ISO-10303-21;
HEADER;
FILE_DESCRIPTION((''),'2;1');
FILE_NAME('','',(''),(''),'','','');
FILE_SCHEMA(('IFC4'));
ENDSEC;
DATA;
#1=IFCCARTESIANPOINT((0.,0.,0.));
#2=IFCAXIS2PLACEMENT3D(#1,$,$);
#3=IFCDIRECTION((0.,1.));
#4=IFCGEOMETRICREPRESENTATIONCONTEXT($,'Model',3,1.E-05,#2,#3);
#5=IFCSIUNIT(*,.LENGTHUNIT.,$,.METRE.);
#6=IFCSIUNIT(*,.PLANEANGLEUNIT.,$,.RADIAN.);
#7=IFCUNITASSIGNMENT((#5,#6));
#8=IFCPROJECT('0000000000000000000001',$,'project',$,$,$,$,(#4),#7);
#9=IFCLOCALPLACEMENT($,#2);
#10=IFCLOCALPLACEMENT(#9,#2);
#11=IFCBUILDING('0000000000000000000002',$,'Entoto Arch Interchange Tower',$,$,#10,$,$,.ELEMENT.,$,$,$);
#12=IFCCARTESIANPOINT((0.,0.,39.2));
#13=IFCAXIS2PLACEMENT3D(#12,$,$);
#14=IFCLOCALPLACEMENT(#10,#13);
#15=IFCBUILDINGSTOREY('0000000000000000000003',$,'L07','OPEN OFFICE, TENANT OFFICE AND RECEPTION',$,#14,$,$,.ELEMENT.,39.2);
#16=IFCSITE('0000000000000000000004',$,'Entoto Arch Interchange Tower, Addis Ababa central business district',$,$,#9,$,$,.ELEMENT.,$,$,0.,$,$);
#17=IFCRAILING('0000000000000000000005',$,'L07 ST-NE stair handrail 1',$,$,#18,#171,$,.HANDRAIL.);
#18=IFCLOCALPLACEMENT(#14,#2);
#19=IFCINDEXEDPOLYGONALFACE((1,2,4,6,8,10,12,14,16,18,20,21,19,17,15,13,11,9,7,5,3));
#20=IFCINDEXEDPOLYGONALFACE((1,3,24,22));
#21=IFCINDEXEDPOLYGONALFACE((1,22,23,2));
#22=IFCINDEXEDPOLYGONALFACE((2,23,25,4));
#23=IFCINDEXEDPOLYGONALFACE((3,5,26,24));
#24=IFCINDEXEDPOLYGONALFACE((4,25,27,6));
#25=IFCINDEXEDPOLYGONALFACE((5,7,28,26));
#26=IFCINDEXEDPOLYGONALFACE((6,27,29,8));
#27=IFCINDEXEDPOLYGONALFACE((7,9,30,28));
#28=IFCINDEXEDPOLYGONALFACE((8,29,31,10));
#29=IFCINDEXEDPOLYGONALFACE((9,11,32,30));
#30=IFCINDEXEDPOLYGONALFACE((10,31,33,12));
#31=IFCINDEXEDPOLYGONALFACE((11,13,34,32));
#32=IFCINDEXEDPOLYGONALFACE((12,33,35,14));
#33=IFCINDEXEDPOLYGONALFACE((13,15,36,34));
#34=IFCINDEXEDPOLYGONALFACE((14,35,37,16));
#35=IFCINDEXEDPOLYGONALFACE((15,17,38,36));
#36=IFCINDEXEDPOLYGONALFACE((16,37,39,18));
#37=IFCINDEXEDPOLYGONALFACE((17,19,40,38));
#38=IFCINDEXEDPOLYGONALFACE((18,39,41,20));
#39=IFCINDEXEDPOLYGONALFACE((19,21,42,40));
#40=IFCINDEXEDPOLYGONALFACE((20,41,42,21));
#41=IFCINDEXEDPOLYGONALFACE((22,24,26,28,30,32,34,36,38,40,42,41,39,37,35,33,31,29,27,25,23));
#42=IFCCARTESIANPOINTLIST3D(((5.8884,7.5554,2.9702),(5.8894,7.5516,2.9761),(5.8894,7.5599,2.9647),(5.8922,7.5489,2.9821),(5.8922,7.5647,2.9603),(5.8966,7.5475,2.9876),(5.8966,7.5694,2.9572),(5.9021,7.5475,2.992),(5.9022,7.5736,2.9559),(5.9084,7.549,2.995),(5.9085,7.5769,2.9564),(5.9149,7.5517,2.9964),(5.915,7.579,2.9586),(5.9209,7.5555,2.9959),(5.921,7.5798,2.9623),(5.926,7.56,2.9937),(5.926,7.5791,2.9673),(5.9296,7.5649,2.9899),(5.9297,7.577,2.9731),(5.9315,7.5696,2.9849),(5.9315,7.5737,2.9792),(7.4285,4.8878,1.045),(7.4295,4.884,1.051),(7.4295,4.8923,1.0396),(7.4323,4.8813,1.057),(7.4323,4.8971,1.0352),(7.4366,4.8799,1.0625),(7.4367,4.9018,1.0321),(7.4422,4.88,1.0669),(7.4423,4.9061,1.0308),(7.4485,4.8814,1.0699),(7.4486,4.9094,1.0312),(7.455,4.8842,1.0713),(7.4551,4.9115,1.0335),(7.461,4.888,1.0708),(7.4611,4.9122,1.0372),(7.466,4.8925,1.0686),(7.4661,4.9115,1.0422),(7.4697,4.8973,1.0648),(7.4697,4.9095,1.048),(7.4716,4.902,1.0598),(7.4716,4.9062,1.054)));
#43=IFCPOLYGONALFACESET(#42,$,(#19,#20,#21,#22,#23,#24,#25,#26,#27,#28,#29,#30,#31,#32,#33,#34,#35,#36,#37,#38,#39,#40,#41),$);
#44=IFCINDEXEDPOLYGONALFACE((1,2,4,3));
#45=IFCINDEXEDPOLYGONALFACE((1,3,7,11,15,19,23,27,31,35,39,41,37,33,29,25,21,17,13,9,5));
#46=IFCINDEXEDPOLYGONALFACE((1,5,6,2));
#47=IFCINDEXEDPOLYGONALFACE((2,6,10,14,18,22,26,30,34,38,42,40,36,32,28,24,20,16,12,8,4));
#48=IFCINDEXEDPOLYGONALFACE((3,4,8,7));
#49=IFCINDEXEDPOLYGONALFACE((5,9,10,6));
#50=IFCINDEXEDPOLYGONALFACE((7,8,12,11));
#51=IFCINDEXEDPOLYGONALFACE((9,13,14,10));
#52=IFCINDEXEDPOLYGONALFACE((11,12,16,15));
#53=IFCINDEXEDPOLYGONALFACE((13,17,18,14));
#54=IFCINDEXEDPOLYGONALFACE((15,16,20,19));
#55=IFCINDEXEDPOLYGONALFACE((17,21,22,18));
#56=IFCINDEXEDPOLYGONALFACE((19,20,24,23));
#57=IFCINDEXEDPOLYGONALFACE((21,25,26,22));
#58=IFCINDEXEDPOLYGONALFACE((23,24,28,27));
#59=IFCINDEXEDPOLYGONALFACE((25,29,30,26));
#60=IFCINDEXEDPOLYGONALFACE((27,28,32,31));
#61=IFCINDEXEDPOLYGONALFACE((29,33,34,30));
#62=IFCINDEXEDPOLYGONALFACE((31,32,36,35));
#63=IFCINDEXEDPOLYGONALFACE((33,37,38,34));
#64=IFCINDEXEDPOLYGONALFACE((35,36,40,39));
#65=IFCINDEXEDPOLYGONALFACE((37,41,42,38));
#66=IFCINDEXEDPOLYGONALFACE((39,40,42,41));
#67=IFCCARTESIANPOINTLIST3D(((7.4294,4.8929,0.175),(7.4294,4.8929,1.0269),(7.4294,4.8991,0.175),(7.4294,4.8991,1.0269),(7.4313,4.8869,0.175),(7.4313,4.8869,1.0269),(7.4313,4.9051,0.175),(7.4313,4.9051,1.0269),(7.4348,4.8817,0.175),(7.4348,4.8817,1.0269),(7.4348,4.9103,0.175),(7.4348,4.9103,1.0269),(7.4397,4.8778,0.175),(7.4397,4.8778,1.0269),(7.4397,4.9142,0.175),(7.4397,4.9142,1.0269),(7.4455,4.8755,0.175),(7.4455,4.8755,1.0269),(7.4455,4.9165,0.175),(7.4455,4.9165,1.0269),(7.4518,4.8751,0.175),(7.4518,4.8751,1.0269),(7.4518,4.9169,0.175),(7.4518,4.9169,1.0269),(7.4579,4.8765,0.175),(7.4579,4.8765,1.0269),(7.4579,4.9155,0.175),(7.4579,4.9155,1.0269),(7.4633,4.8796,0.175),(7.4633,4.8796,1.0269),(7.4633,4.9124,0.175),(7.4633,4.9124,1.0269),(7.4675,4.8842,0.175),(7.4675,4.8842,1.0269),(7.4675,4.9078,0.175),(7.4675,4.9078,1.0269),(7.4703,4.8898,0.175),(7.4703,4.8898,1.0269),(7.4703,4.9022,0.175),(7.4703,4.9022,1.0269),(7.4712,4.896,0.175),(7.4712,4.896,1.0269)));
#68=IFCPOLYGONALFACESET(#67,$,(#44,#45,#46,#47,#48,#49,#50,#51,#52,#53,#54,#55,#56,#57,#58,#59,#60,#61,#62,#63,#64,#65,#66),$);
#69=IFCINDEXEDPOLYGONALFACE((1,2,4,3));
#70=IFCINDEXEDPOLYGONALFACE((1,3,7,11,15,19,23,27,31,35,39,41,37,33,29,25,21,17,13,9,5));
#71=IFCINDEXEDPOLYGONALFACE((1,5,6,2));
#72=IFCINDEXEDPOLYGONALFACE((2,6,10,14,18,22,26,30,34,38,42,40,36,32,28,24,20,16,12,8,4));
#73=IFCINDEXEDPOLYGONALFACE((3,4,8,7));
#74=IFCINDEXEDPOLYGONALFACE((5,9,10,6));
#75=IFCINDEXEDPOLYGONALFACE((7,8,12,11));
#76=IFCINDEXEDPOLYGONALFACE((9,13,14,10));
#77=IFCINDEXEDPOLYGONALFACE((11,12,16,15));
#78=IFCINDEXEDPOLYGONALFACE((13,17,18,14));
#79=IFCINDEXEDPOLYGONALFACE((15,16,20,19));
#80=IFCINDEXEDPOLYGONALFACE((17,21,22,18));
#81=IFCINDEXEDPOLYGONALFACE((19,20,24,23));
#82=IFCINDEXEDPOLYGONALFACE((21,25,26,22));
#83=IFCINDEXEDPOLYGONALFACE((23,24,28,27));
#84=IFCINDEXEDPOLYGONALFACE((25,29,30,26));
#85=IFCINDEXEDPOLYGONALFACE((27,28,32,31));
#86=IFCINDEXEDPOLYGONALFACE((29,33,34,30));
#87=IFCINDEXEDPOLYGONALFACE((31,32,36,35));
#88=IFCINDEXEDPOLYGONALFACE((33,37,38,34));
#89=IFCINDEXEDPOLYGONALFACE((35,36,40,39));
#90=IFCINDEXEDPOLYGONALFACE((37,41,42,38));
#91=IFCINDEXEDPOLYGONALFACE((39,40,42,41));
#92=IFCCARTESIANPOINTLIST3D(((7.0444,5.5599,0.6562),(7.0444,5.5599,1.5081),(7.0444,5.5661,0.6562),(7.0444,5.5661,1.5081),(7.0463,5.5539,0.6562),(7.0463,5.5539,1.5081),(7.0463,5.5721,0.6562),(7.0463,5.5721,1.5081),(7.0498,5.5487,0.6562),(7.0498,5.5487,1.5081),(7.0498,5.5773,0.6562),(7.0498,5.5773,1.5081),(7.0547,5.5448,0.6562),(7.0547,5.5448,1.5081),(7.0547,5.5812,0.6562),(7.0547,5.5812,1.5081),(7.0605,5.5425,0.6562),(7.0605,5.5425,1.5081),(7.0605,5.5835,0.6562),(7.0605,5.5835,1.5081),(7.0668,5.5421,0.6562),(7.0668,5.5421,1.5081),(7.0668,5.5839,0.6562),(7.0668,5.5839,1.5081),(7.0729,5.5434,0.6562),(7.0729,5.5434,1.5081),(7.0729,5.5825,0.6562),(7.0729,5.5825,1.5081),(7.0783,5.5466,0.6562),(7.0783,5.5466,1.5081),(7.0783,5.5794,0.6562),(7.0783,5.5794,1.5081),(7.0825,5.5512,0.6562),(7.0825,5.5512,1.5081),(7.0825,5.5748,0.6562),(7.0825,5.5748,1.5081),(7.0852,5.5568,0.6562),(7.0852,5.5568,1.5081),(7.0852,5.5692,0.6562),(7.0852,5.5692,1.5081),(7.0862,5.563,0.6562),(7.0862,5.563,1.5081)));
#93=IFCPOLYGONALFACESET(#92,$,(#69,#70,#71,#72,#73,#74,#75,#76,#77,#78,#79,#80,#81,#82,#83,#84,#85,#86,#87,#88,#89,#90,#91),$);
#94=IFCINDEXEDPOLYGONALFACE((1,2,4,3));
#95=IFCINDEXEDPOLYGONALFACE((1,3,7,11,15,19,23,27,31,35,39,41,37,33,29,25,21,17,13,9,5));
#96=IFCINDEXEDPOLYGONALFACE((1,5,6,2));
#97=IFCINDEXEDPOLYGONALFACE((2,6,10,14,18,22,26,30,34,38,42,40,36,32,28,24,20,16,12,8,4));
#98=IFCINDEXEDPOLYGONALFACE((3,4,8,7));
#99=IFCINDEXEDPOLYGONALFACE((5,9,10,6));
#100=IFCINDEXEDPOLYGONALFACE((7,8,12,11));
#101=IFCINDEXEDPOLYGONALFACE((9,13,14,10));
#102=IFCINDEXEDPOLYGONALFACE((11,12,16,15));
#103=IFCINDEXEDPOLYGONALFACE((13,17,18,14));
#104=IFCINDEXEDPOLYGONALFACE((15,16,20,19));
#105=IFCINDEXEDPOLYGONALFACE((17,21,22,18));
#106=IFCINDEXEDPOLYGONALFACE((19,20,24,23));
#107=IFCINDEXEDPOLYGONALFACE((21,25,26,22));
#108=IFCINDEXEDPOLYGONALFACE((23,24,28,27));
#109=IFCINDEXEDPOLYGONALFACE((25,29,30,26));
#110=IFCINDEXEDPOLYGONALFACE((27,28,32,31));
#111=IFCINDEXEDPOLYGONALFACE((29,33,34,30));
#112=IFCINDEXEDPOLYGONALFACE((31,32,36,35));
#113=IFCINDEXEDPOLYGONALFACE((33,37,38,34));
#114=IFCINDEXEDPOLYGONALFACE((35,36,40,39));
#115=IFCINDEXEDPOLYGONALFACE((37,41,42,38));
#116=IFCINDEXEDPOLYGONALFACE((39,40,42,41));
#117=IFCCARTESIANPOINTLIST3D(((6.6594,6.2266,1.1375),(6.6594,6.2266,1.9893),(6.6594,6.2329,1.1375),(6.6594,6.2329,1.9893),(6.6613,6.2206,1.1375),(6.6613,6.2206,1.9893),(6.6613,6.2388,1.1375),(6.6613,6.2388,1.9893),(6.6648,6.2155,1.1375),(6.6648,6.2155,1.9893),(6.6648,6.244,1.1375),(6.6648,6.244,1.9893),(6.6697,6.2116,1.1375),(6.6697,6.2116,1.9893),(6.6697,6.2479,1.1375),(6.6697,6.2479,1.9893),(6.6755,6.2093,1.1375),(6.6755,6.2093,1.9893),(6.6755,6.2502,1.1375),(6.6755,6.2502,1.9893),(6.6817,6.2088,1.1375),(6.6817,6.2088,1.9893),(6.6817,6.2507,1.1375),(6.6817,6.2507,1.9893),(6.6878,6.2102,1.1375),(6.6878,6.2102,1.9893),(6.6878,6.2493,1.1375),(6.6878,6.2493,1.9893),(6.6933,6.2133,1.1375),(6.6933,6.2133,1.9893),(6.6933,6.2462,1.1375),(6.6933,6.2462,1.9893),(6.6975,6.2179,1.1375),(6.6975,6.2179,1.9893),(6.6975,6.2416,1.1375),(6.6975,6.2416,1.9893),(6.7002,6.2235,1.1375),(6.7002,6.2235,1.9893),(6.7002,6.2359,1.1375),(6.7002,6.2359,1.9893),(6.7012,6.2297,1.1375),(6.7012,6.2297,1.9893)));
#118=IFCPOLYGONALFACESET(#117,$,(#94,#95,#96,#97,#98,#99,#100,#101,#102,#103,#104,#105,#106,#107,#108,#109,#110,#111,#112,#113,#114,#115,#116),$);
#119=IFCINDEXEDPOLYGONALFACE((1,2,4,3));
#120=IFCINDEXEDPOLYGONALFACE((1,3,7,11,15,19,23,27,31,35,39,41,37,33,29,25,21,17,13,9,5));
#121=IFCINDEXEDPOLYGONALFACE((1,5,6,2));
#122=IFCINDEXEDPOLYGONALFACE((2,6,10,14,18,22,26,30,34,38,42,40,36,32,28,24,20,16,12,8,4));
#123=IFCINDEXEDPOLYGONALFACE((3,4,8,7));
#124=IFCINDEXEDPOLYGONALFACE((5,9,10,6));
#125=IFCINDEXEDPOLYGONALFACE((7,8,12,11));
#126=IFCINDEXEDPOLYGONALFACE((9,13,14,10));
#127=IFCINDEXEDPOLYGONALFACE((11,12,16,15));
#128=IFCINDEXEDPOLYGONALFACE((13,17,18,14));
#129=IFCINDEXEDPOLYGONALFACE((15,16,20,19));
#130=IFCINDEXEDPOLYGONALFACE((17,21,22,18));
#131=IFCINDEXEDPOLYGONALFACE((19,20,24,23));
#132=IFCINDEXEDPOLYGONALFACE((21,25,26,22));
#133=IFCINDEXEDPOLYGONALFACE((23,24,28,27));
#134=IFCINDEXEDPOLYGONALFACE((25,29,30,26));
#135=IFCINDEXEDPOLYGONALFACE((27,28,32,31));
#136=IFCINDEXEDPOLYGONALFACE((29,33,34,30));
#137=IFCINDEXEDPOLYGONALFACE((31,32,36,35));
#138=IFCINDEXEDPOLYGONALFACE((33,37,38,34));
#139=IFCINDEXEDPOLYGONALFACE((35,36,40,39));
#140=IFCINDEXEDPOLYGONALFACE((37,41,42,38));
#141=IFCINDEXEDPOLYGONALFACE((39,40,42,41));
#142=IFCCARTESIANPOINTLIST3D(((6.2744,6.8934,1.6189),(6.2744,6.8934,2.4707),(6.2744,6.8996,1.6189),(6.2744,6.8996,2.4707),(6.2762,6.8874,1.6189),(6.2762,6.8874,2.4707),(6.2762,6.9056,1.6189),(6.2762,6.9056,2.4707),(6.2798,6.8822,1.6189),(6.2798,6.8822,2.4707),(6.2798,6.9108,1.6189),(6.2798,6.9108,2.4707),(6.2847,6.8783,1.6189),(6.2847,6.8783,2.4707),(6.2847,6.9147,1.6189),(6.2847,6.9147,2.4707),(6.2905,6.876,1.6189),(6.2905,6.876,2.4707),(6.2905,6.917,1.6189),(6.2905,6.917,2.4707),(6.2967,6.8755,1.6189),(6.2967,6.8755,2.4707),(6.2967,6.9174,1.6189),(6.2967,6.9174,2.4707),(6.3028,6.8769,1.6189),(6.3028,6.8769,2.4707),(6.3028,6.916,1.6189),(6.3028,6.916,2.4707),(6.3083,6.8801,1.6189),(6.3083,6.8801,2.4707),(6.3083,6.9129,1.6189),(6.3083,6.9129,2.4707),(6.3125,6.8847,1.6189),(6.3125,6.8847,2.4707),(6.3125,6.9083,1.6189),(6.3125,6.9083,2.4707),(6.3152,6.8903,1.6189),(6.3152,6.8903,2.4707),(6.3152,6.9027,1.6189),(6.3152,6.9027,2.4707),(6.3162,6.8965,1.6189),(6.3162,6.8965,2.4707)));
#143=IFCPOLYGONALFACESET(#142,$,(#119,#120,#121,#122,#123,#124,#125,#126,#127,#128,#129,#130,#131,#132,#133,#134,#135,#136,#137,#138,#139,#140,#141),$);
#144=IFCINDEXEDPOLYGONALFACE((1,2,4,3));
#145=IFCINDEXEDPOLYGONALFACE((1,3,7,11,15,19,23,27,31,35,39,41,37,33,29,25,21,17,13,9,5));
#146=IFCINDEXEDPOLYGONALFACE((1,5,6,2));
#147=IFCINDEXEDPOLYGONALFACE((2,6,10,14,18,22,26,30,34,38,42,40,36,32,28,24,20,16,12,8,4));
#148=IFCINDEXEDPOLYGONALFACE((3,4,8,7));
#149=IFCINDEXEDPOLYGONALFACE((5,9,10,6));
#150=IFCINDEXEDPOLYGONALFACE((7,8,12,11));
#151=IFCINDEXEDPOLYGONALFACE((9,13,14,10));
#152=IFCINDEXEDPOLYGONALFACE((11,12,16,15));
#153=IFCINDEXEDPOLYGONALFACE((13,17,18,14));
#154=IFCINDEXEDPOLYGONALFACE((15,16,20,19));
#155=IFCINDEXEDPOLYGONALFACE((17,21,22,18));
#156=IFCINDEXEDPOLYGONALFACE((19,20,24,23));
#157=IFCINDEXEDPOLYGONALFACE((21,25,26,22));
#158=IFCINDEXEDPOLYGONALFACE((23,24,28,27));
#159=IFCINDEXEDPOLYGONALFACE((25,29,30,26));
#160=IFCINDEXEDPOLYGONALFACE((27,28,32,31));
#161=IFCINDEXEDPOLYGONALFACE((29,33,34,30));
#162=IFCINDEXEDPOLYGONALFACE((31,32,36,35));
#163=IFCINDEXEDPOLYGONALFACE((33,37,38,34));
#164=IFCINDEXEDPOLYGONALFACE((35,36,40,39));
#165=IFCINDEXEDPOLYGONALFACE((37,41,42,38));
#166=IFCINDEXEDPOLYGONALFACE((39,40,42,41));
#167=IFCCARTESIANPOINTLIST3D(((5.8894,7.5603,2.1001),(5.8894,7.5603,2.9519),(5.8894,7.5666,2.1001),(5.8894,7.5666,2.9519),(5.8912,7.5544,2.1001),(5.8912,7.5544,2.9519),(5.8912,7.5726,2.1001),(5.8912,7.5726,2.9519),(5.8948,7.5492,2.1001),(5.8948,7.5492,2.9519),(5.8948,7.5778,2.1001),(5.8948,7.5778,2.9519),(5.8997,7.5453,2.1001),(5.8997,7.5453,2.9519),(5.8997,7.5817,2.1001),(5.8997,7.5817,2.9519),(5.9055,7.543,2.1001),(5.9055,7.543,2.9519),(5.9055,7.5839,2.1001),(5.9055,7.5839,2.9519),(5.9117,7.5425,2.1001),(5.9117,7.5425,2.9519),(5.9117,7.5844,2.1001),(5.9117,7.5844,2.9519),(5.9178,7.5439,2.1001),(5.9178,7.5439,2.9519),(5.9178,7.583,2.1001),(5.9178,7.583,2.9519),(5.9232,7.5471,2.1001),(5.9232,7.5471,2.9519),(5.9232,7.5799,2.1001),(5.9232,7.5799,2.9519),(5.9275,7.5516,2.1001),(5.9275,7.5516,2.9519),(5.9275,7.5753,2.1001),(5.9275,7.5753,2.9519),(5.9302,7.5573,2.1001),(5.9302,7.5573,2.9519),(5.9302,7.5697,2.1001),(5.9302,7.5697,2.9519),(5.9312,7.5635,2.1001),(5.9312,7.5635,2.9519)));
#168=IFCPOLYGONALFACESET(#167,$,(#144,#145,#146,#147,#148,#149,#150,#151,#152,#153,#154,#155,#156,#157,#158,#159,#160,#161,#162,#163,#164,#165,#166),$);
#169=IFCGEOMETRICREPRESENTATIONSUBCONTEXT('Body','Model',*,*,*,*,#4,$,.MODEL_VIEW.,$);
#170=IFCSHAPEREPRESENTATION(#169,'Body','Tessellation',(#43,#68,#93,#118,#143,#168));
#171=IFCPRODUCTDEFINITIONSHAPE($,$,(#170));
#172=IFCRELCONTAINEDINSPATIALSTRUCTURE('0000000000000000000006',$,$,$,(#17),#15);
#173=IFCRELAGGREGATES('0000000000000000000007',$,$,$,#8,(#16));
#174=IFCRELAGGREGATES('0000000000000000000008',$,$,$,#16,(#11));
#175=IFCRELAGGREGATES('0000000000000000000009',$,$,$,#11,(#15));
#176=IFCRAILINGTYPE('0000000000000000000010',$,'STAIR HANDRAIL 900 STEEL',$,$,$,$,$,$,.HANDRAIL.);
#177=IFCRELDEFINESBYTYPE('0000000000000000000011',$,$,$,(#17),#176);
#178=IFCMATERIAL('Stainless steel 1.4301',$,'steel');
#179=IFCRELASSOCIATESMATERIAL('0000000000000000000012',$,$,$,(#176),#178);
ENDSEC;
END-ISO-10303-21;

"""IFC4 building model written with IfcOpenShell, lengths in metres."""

from ifc_helpers import new_model, si_unit, direction, frame, origin, origin_2d, place, context, subcontext, project, spatial, circle, extrude, material, type_object, element, save


model = new_model("IFC4")

# Units and contexts
model_context = context("Model", 3, precision=1e-05, world=origin(), true_north=direction((0.0, 1.0)))
body_context = subcontext(model_context, "Body", "Model", "MODEL_VIEW")
ifc_project = project(units=[si_unit("LENGTHUNIT", "METRE"), si_unit("PLANEANGLEUNIT", "RADIAN")], contexts=[model_context])

# Site, building, storey
site_placement = place(None, origin())
site = spatial("IfcSite", under=ifc_project, at=site_placement, Name="Entoto Arch Interchange Tower, Addis Ababa central business district", CompositionType="ELEMENT", RefElevation=0.0)
building_placement = place(site_placement, origin())
building = spatial("IfcBuilding", under=site, at=building_placement, Name="Entoto Arch Interchange Tower", CompositionType="ELEMENT")
storey_placement = place(building_placement, frame((0.0, 0.0, 39.2)))
storey = spatial("IfcBuildingStorey", under=building, at=storey_placement, Name="L07", Description="OPEN OFFICE, TENANT OFFICE AND RECEPTION", CompositionType="ELEMENT", Elevation=39.2)

# Railing
ifc_material_1 = material(Name="Stainless steel 1.4301", Category="steel")
railing_type_1 = type_object("IfcRailingType", Name="STAIR HANDRAIL 900 STEEL", PredefinedType="HANDRAIL", material=ifc_material_1)
railing_1_placement = place(storey_placement, frame((7.4502, 4.896, 0.175)))
element("IfcRailing", 1, at=railing_1_placement, inside=storey, type_object=railing_type_1, Name="L07 ST-NE stair handrail 1", PredefinedType="HANDRAIL", context=body_context, shape_type="SweptSolid", body=[
    extrude(circle(Radius=0.0239, at=origin_2d()), frame((0.0, 0.0, 0.876), z_axis=(-0.423994, 0.734395, 0.529993), x_axis=(-0.86603, -0.499992, 0.0)), (0.0, 0.0, 1.0), 3.6323),
    extrude(circle(Radius=0.021, at=origin_2d()), origin(), (0.0, 0.0, 1.0), 0.8518),
    extrude(circle(Radius=0.021, at=origin_2d()), frame((-0.385, 0.667, 0.4812)), (0.0, 0.0, 1.0), 0.8518),
    extrude(circle(Radius=0.021, at=origin_2d()), frame((-0.77, 1.3337, 0.9624)), (0.0, 0.0, 1.0), 0.8518),
    extrude(circle(Radius=0.021, at=origin_2d()), frame((-1.155, 2.0005, 1.4438)), (0.0, 0.0, 1.0), 0.8518),
    extrude(circle(Radius=0.021, at=origin_2d()), frame((-1.54, 2.6675, 1.925)), (0.0, 0.0, 1.0), 0.8518),
])

save(model, "model.ifc")
